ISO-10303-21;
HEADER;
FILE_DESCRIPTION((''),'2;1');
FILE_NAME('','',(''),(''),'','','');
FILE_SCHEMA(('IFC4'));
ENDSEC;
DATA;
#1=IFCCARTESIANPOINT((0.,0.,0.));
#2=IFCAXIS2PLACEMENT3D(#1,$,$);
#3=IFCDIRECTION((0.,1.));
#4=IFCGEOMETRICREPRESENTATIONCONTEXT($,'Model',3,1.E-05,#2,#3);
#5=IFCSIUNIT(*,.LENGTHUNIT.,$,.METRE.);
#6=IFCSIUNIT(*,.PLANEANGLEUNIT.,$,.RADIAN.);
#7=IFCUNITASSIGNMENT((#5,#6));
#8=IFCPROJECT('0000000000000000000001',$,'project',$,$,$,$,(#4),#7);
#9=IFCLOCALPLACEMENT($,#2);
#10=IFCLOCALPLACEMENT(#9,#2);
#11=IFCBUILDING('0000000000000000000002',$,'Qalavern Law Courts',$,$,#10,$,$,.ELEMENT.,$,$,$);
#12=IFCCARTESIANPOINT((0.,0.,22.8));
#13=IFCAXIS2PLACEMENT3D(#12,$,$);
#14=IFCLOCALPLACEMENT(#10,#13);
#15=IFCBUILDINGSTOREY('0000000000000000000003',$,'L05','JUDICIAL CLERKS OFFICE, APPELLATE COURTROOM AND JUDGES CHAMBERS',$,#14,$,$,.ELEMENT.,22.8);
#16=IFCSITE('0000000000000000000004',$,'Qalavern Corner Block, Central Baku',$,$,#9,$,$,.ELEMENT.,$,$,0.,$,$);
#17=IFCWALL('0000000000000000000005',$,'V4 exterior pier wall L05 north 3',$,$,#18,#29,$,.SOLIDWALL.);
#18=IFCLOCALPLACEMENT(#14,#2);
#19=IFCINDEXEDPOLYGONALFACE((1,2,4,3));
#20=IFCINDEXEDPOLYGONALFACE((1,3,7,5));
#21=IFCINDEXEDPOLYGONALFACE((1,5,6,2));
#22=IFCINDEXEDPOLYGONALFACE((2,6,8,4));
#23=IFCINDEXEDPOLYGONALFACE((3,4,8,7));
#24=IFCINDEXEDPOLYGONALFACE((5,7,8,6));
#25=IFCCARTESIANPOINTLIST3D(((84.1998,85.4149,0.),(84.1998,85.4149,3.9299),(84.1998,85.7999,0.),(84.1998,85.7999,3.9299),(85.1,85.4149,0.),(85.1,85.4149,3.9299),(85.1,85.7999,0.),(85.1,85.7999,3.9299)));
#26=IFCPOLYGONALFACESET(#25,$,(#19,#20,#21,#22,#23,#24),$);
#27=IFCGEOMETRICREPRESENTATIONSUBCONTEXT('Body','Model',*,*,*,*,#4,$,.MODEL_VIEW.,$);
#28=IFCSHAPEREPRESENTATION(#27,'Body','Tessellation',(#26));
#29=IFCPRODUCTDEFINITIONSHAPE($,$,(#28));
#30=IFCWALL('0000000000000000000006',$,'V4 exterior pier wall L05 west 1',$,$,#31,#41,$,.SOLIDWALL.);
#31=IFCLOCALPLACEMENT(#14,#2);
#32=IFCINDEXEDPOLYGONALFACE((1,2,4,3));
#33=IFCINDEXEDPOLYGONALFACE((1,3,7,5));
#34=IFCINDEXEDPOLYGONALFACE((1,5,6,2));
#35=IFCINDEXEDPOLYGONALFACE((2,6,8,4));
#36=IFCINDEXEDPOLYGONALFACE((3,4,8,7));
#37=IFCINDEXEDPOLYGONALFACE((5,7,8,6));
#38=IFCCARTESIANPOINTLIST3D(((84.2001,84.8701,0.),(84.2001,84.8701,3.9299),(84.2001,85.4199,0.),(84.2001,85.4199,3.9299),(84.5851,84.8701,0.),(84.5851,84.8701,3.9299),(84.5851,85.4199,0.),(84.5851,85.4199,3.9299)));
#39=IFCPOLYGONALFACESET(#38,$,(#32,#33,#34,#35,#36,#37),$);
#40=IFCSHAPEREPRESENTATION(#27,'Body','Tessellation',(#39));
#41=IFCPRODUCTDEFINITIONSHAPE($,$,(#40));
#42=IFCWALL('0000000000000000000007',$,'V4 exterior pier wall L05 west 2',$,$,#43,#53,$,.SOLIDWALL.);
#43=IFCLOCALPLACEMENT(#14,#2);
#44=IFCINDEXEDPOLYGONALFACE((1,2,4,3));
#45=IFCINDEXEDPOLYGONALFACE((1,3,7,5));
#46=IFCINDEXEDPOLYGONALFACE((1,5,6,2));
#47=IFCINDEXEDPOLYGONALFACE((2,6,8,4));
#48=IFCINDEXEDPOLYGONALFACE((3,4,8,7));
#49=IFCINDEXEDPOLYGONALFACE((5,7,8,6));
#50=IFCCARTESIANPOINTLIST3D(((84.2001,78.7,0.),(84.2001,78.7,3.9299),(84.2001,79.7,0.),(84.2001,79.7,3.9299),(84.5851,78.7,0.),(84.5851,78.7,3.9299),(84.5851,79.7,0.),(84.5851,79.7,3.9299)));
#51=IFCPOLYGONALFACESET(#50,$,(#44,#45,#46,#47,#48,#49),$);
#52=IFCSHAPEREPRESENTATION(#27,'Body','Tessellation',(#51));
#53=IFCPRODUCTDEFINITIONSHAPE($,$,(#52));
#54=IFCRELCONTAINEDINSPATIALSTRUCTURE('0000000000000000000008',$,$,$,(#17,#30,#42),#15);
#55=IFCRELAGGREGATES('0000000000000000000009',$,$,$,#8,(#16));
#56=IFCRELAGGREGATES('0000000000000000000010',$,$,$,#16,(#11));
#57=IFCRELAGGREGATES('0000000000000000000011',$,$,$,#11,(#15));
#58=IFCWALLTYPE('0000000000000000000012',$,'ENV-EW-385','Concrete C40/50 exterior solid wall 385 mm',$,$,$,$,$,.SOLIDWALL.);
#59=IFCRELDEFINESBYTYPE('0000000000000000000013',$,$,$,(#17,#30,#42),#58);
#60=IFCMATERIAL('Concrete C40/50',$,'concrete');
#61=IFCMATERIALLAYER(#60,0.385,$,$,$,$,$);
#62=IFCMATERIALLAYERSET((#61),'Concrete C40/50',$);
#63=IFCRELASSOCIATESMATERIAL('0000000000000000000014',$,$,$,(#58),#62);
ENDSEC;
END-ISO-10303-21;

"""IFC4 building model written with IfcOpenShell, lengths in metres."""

from ifc_helpers import new_model, si_unit, direction, frame, frame_2d, origin, place, context, subcontext, project, spatial, rectangle, extrude, material, layer, layer_set, type_object, element, save


model = new_model("IFC4")

# Units and contexts
model_context = context("Model", 3, precision=1e-05, world=origin(), true_north=direction((0.0, 1.0)))
body_context = subcontext(model_context, "Body", "Model", "MODEL_VIEW")
ifc_project = project(units=[si_unit("LENGTHUNIT", "METRE"), si_unit("PLANEANGLEUNIT", "RADIAN")], contexts=[model_context])

# Site, building, storey
site_placement = place(None, origin())
site = spatial("IfcSite", under=ifc_project, at=site_placement, Name="Qalavern Corner Block, Central Baku", CompositionType="ELEMENT", RefElevation=0.0)
building_placement = place(site_placement, origin())
building = spatial("IfcBuilding", under=site, at=building_placement, Name="Qalavern Law Courts", CompositionType="ELEMENT")
storey_placement = place(building_placement, frame((0.0, 0.0, 22.8)))
storey = spatial("IfcBuildingStorey", under=building, at=storey_placement, Name="L05", Description="JUDICIAL CLERKS OFFICE, APPELLATE COURTROOM AND JUDGES CHAMBERS", CompositionType="ELEMENT", Elevation=22.8)

# Shared definitions
ifc_material_1 = material(Name="Concrete C40/50", Category="concrete")

# Walls
ifc_layer_1 = layer(ifc_material_1, 0.385)
ifc_layer_set_1 = layer_set([ifc_layer_1], Name="Concrete C40/50")
wall_type = type_object("IfcWallType", Name="ENV-EW-385", Description="Concrete C40/50 exterior solid wall 385 mm", PredefinedType="SOLIDWALL", material=ifc_layer_set_1)
wall_1_placement = place(storey_placement, frame((85.1001, 85.6074, 0.0), z_axis=(0.0, 0.0, 1.0), x_axis=(-1.0, 0.0, 0.0)))
element("IfcWall", 1, at=wall_1_placement, inside=storey, type_object=wall_type, Name="V4 exterior pier wall L05 north 3", PredefinedType="SOLIDWALL", context=body_context, shape_type="SweptSolid", body=[
    extrude(rectangle(XDim=0.9001, YDim=0.385, at=frame_2d((0.4502, 0.0))), origin(), (0.0, 0.0, 1.0), 3.9299),
])
wall_2_placement = place(storey_placement, frame((84.3926, 85.4199, 0.0), z_axis=(0.0, 0.0, 1.0), x_axis=(0.0, -1.0, 0.0)))
element("IfcWall", 2, at=wall_2_placement, inside=storey, type_object=wall_type, Name="V4 exterior pier wall L05 west 1", PredefinedType="SOLIDWALL", context=body_context, shape_type="SweptSolid", body=[
    extrude(rectangle(XDim=0.5498, YDim=0.385, at=frame_2d((0.2749, 0.0))), origin(), (0.0, 0.0, 1.0), 3.9299),
])
wall_3_placement = place(storey_placement, frame((84.3926, 79.7, 0.0), z_axis=(0.0, 0.0, 1.0), x_axis=(0.0, -1.0, 0.0)))
element("IfcWall", 3, at=wall_3_placement, inside=storey, type_object=wall_type, Name="V4 exterior pier wall L05 west 2", PredefinedType="SOLIDWALL", context=body_context, shape_type="SweptSolid", body=[
    extrude(rectangle(XDim=1.0, YDim=0.385, at=frame_2d((0.5, 0.0))), origin(), (0.0, 0.0, 1.0), 3.9299),
])

save(model, "model.ifc")
